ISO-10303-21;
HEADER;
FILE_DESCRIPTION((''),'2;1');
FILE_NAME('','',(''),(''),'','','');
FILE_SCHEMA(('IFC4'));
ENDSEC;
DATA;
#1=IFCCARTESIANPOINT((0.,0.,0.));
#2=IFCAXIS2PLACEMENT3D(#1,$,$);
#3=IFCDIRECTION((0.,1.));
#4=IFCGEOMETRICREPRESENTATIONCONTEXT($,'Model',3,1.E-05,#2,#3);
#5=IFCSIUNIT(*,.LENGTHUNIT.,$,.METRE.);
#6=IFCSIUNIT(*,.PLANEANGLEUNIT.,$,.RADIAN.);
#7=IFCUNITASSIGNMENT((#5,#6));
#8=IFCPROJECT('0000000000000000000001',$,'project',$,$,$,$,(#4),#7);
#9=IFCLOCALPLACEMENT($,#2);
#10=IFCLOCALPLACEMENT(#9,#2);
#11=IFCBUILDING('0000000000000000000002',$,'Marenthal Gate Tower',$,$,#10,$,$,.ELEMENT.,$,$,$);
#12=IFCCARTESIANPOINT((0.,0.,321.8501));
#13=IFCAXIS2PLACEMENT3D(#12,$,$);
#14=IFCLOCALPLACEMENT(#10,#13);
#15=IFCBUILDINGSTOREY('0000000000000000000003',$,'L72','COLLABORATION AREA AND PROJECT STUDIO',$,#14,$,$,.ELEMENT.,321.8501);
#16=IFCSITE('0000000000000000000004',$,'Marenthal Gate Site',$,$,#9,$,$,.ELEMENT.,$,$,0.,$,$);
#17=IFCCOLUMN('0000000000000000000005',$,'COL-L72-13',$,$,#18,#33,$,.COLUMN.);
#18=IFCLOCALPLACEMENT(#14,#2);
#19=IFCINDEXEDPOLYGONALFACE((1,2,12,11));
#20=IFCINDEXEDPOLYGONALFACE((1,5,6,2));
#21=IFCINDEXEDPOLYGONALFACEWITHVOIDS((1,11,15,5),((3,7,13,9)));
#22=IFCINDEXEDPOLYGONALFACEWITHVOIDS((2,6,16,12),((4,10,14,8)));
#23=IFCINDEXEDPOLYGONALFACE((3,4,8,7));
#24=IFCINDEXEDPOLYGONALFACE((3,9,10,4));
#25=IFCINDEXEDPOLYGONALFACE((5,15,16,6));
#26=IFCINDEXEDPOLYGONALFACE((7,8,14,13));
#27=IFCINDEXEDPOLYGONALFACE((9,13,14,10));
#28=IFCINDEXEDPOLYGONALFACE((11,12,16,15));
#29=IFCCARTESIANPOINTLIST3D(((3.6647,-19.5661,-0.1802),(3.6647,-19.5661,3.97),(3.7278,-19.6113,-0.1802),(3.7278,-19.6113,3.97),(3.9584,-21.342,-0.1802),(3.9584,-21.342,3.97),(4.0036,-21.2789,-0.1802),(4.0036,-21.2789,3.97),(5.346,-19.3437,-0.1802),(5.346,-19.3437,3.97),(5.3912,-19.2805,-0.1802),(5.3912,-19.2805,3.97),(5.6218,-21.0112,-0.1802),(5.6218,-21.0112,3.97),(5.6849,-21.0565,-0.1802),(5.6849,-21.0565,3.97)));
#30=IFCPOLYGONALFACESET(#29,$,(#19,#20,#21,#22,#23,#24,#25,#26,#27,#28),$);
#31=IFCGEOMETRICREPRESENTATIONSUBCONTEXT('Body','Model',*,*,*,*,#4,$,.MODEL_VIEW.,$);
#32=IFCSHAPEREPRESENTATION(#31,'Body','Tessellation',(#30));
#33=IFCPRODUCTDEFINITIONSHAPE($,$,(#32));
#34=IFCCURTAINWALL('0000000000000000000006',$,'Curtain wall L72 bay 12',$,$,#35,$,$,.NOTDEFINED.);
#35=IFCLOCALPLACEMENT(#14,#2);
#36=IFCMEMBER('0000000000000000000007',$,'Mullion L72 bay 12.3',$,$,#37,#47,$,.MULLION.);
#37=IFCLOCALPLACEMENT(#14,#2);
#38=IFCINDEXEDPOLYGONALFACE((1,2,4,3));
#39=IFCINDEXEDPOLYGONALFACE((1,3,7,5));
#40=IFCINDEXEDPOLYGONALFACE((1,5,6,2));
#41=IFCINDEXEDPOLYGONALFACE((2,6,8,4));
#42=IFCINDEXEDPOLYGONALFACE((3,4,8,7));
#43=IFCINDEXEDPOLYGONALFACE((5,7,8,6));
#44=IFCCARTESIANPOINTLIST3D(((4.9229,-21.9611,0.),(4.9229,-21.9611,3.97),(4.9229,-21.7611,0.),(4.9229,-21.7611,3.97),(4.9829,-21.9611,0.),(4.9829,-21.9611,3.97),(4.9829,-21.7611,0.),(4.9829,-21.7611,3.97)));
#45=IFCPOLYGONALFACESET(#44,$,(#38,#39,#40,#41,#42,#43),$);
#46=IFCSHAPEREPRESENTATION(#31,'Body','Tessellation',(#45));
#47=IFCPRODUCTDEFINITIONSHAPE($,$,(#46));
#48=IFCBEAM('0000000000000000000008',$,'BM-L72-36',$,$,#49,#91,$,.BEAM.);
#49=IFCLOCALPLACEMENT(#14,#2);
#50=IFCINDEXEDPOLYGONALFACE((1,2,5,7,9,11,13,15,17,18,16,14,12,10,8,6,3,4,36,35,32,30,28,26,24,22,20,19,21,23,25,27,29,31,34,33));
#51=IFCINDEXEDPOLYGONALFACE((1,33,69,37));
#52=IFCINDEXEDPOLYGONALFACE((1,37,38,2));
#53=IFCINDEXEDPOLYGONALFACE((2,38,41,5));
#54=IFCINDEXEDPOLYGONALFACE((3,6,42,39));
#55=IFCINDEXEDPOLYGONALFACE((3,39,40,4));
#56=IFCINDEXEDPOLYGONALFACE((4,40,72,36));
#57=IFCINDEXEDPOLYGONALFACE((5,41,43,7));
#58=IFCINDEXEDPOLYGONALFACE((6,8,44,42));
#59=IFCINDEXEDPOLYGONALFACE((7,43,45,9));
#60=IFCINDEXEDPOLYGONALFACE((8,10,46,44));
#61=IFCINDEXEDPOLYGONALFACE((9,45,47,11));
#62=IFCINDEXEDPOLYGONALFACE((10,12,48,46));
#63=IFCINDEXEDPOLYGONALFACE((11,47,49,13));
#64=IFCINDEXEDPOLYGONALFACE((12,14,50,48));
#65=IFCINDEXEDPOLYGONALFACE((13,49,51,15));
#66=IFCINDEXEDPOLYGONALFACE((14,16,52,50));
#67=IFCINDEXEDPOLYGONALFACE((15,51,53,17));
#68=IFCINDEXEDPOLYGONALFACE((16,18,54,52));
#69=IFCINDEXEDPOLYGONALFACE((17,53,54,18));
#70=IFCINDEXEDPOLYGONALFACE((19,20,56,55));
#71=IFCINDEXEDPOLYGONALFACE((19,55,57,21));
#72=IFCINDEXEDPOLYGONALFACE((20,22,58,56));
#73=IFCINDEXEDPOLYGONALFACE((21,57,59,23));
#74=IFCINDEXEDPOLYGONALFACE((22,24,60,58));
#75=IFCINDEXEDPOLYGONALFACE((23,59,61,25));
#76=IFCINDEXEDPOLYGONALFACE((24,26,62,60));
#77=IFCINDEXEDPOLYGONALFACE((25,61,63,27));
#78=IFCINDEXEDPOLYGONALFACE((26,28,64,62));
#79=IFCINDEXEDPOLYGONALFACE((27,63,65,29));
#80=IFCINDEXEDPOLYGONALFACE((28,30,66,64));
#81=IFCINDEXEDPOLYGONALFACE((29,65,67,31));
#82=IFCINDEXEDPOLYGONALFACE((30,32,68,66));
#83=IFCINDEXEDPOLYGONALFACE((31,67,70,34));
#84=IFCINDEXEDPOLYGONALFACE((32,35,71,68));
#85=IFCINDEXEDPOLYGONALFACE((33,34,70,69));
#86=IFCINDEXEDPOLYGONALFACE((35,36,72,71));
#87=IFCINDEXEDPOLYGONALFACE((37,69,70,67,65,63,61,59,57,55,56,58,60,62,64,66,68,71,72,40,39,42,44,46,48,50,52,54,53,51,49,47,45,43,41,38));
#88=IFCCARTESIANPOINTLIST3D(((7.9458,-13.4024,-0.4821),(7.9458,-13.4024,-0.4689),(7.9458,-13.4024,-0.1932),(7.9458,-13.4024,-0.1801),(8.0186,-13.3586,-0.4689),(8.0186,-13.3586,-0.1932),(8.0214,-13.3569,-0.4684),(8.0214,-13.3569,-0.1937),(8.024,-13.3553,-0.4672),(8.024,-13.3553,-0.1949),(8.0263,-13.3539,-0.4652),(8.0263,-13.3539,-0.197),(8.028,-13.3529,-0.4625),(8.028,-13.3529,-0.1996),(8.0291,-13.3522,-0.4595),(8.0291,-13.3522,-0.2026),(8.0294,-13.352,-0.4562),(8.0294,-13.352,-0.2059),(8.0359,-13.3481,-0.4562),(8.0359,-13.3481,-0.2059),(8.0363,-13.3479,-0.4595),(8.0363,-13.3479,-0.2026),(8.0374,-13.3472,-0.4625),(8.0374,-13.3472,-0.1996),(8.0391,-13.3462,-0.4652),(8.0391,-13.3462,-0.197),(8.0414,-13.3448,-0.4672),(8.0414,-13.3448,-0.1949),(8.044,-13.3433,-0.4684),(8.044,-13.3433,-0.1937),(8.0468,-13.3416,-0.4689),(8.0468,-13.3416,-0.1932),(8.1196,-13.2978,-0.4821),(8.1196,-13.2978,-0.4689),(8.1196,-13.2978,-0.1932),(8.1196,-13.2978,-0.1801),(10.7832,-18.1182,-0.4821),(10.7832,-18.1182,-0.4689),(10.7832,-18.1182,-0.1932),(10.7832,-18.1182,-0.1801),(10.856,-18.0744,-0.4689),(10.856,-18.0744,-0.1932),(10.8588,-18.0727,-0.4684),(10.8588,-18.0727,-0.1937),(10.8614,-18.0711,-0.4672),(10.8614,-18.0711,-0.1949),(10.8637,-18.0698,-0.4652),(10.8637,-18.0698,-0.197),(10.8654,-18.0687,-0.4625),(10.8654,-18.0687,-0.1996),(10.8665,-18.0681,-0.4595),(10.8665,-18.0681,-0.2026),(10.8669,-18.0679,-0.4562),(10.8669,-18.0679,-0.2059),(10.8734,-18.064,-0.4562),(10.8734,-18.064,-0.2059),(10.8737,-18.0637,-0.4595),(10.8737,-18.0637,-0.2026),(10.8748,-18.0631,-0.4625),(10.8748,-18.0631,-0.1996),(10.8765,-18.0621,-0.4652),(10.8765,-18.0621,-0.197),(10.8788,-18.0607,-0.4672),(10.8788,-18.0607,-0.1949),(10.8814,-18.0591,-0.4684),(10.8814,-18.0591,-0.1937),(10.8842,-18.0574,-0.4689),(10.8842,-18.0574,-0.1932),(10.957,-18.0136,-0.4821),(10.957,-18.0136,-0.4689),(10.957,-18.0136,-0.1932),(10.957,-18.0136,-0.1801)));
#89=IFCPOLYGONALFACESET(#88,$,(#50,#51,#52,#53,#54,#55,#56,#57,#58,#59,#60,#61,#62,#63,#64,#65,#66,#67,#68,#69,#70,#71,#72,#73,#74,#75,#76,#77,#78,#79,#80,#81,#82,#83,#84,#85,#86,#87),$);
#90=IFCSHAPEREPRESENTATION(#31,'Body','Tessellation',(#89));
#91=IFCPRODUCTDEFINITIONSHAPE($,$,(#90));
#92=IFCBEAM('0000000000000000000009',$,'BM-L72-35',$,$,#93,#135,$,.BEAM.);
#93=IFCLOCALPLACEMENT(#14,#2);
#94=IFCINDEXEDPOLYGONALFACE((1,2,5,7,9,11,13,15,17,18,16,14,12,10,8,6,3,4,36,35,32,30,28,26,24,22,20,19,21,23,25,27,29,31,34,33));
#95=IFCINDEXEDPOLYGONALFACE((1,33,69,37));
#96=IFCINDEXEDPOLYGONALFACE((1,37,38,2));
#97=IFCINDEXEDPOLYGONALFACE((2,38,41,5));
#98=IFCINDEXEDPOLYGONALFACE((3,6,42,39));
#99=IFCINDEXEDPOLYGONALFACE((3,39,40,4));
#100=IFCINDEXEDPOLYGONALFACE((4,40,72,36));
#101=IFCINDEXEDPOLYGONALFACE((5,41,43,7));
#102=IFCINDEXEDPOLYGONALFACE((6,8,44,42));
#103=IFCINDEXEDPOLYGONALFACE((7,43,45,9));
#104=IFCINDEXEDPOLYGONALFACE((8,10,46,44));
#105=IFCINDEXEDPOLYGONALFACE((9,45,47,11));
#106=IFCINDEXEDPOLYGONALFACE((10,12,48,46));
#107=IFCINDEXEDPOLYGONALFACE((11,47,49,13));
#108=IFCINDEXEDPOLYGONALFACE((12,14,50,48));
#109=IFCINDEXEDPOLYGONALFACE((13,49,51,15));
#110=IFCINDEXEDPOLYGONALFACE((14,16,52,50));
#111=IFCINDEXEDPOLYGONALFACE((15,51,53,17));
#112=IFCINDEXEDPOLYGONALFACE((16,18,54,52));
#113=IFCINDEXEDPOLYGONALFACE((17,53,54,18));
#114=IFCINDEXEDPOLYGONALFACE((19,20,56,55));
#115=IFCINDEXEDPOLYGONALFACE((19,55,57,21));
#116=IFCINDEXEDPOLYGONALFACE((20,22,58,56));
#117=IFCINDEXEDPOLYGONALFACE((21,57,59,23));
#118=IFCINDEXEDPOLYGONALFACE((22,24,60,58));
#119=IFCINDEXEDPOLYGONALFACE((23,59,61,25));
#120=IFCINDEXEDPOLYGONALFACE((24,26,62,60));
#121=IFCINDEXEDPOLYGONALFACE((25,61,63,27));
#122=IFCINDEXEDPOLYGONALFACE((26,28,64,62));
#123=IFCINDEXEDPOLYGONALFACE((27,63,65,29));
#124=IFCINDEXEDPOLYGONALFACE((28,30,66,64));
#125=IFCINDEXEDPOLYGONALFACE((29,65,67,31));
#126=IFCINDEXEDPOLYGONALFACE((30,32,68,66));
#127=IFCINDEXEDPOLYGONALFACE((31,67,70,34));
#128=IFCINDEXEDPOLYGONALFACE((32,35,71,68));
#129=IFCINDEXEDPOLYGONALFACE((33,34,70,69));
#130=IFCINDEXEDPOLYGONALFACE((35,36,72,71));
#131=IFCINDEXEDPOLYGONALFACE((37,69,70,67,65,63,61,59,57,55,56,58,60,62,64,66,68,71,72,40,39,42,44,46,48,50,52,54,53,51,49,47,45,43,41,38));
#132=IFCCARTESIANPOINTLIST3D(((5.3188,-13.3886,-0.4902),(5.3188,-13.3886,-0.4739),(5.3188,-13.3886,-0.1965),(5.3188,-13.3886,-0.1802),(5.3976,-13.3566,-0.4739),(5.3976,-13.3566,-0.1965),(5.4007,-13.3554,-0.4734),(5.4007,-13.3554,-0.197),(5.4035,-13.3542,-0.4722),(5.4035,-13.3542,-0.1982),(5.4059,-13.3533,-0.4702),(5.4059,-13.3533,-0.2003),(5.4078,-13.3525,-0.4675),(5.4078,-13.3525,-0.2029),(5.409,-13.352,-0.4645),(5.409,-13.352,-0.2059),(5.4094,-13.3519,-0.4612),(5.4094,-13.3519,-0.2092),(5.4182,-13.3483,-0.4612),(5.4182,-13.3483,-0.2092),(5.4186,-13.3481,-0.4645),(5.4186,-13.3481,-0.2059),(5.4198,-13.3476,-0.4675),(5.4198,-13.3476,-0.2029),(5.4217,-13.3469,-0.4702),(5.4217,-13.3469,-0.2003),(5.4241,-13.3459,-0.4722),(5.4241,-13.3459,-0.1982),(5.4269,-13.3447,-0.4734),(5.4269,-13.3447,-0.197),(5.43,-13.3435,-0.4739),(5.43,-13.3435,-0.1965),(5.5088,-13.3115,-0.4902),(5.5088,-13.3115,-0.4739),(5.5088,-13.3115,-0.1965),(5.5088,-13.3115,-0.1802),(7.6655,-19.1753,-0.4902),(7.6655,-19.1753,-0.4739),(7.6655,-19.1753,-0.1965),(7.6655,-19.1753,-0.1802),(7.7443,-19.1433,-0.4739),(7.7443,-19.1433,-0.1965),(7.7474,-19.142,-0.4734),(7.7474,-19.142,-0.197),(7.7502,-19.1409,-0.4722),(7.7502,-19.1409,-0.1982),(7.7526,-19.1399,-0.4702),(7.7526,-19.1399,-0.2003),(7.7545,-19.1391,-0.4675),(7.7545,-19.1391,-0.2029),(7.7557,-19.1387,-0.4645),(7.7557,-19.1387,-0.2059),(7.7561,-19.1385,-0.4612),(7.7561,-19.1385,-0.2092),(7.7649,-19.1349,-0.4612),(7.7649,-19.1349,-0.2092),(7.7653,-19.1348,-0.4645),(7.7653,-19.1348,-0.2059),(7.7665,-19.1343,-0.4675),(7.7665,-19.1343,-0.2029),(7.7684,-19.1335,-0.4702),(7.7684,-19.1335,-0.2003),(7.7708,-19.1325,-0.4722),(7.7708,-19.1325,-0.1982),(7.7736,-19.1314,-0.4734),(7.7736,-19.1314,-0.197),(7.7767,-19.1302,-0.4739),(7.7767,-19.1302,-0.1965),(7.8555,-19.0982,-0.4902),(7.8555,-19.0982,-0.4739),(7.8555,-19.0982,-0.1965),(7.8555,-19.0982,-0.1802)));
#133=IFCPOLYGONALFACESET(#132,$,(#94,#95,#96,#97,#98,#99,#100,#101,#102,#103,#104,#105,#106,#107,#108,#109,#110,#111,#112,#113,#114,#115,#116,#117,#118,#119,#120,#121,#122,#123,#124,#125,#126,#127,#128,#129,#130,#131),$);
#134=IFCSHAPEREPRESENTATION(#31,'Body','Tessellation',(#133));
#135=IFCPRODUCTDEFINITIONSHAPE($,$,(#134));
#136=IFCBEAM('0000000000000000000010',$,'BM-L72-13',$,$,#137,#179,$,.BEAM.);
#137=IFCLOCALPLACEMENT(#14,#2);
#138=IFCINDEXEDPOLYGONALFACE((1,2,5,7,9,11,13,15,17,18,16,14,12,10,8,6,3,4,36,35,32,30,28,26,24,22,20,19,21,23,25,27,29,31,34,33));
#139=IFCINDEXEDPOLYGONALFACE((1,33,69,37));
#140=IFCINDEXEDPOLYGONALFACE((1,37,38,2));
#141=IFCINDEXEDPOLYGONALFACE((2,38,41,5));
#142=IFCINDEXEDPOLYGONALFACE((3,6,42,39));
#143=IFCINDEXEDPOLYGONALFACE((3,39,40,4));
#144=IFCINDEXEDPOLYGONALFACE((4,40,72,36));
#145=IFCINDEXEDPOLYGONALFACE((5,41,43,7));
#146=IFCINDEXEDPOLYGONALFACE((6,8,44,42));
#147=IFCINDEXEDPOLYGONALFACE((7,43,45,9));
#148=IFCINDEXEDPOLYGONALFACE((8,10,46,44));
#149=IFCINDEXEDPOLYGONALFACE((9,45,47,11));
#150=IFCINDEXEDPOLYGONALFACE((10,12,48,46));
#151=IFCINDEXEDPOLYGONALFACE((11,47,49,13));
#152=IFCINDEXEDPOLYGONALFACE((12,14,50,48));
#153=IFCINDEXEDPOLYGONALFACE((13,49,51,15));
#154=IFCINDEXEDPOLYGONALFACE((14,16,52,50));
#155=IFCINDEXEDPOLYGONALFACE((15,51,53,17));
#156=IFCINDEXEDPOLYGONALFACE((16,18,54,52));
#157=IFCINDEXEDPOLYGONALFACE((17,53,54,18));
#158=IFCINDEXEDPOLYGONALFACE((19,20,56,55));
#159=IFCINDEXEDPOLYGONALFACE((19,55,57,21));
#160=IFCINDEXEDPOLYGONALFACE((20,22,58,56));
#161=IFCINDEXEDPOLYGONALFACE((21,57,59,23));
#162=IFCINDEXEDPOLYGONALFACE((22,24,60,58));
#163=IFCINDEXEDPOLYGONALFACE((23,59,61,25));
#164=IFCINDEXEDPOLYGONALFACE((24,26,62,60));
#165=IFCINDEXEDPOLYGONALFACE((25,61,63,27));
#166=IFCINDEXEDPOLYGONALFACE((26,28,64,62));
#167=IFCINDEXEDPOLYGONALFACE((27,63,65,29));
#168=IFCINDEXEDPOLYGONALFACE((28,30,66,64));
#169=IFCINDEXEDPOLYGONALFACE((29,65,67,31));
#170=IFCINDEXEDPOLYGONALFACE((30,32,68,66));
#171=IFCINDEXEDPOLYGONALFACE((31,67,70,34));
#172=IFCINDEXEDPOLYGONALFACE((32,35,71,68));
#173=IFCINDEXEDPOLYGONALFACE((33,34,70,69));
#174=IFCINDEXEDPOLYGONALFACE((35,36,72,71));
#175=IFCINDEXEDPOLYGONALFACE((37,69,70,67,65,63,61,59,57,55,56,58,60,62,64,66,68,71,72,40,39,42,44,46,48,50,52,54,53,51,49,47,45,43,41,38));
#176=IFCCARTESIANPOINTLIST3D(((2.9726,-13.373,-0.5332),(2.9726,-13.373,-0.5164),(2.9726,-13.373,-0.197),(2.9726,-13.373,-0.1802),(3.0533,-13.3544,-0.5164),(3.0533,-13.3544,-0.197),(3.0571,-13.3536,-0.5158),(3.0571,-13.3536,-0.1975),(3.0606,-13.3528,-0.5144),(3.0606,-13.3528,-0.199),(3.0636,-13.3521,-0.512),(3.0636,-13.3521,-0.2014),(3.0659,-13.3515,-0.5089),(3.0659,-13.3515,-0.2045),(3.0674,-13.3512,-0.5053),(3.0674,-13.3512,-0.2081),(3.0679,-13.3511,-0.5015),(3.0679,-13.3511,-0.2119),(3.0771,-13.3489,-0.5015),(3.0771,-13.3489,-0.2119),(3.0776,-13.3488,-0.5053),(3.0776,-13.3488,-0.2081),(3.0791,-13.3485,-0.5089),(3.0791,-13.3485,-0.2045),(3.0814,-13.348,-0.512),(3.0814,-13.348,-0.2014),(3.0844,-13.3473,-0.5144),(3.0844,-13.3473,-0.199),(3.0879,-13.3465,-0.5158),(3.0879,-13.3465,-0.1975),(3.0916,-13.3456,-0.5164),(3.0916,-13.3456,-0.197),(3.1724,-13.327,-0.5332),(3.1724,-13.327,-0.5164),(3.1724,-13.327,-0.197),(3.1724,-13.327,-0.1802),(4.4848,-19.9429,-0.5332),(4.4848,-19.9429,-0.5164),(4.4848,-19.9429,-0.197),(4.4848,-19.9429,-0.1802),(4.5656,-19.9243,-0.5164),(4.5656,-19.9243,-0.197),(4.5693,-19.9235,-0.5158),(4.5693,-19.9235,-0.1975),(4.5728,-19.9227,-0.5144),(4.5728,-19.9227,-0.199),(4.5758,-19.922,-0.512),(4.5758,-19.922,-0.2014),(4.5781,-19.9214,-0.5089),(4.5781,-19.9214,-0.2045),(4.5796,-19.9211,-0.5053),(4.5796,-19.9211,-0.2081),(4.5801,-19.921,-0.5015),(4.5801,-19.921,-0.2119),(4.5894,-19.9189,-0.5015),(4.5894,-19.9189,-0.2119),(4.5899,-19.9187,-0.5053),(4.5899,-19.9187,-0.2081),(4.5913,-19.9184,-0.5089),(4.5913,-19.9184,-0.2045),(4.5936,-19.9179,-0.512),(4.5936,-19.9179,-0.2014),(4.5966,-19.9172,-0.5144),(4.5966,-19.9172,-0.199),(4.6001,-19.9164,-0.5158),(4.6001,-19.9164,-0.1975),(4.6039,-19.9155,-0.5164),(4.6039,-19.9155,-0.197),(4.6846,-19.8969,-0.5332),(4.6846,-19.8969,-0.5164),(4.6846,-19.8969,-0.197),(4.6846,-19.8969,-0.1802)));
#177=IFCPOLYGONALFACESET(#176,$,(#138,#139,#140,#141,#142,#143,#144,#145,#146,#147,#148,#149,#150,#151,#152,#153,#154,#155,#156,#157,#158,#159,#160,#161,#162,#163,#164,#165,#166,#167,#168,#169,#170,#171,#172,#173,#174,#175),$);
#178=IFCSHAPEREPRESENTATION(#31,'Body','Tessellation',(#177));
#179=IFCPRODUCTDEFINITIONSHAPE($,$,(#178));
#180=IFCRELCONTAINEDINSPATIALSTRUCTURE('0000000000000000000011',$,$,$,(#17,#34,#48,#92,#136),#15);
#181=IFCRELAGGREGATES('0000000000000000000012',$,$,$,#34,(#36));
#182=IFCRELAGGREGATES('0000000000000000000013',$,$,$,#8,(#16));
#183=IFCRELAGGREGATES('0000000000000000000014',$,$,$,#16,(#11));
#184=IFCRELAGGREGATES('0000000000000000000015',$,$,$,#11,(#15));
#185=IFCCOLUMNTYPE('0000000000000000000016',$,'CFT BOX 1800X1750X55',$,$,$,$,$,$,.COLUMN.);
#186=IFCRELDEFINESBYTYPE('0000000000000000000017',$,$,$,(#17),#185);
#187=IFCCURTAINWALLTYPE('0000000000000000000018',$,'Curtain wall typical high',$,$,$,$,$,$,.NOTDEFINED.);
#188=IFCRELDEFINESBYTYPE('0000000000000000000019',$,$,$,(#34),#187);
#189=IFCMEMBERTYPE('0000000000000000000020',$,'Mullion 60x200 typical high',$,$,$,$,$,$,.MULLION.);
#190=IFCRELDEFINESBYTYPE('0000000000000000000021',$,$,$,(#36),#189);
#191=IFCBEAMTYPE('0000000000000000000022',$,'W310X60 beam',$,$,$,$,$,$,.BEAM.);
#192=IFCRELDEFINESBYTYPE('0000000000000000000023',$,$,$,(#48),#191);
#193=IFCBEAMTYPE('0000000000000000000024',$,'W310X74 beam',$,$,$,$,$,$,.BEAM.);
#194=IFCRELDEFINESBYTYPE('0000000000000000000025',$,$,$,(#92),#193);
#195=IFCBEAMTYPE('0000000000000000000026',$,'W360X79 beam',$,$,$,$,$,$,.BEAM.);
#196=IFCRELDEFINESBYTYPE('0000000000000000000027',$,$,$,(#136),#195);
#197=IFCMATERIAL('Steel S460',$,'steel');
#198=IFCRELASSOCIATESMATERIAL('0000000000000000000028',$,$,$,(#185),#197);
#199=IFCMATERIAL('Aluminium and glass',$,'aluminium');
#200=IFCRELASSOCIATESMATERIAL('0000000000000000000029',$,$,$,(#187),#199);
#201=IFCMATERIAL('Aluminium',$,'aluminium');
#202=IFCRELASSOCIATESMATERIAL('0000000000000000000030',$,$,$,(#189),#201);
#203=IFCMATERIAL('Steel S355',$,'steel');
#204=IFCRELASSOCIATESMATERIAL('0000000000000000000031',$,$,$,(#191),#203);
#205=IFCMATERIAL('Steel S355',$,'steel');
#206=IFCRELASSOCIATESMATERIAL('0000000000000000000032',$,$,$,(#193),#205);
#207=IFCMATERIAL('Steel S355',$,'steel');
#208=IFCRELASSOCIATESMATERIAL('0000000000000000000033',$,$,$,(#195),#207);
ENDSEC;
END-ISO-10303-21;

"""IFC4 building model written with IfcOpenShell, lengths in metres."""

from ifc_helpers import new_model, si_unit, direction, frame, origin, origin_2d, place, context, subcontext, project, spatial, rectangle, hollow_rectangle, i_section, extrude, material, material_profile, profile_set, type_object, element, aggregate, save


model = new_model("IFC4")

# Units and contexts
model_context = context("Model", 3, precision=1e-05, world=origin(), true_north=direction((0.0, 1.0)))
body_context = subcontext(model_context, "Body", "Model", "MODEL_VIEW")
ifc_project = project(units=[si_unit("LENGTHUNIT", "METRE"), si_unit("PLANEANGLEUNIT", "RADIAN")], contexts=[model_context])

# Site, building, storey
site_placement = place(None, origin())
site = spatial("IfcSite", under=ifc_project, at=site_placement, Name="Marenthal Gate Site", CompositionType="ELEMENT", RefElevation=0.0)
building_placement = place(site_placement, origin())
building = spatial("IfcBuilding", under=site, at=building_placement, Name="Marenthal Gate Tower", CompositionType="ELEMENT")
storey_placement = place(building_placement, frame((0.0, 0.0, 321.8501)))
storey = spatial("IfcBuildingStorey", under=building, at=storey_placement, Name="L72", Description="COLLABORATION AREA AND PROJECT STUDIO", CompositionType="ELEMENT", Elevation=321.8501)

# Column
ifc_material_1 = material(Name="Steel S460", Category="steel")
ifc_material_profile_1 = material_profile(ifc_material_1, hollow_rectangle(XDim=1.75, YDim=1.8, WallThickness=0.0549, at=origin_2d()), Name="CFT BOX 1800X1750X55")
ifc_material_2 = material(Name="Concrete 70 MPa", Category="concrete")
ifc_material_profile_2 = material_profile(ifc_material_2, rectangle(XDim=1.6399, YDim=1.6899, at=origin_2d()), Name="CFT BOX 1800X1750X55 INFILL")
ifc_profile_set_1 = profile_set([ifc_material_profile_1, ifc_material_profile_2], Name="Steel S460 shell, Concrete 70 MPa infill")
column_type = type_object("IfcColumnType", Name="CFT BOX 1800X1750X55", PredefinedType="COLUMN", material=ifc_profile_set_1)
column_placement = place(storey_placement, frame((4.6748, -20.3113, -0.1802), z_axis=(0.0, 0.0, 1.0), x_axis=(-0.986599, -0.163164, 0.0)))
element("IfcColumn", 1, at=column_placement, inside=storey, type_object=column_type, Name="COL-L72-13", PredefinedType="COLUMN", context=body_context, shape_type="SweptSolid", body=[
    extrude(hollow_rectangle(XDim=1.75, YDim=1.8, WallThickness=0.0549, at=origin_2d()), origin(), (0.0, 0.0, 1.0), 4.1501),
])

# Curtain wall, member
ifc_material_3 = material(Name="Aluminium and glass", Category="aluminium")
curtain_wall_type = type_object("IfcCurtainWallType", Name="Curtain wall typical high", PredefinedType="NOTDEFINED", material=ifc_material_3)
curtain_wall_placement = place(storey_placement, origin())
curtain_wall = element("IfcCurtainWall", 2, at=curtain_wall_placement, inside=storey, type_object=curtain_wall_type, Name="Curtain wall L72 bay 12", PredefinedType="NOTDEFINED")
ifc_material_4 = material(Name="Aluminium", Category="aluminium")
ifc_material_profile_3 = material_profile(ifc_material_4, rectangle(XDim=0.2, YDim=0.0601, at=origin_2d()), Name="60x200 aluminium mullion")
ifc_profile_set_2 = profile_set([ifc_material_profile_3], Name="Aluminium")
member_type = type_object("IfcMemberType", Name="Mullion 60x200 typical high", PredefinedType="MULLION", material=ifc_profile_set_2)
member_placement = place(storey_placement, frame((4.9529, -21.8611, 0.0), z_axis=(0.0, 0.0, 1.0), x_axis=(0.0, 1.0, 0.0)))
member = element("IfcMember", 3, at=member_placement, type_object=member_type, Name="Mullion L72 bay 12.3", PredefinedType="MULLION", context=body_context, shape_type="SweptSolid", body=[
    extrude(rectangle(XDim=0.2, YDim=0.0601, at=origin_2d()), origin(), (0.0, 0.0, 1.0), 3.97),
])

# Beams
ifc_material_5 = material(Name="Steel S355", Category="steel")
ifc_material_profile_4 = material_profile(ifc_material_5, i_section(OverallWidth=0.2029, OverallDepth=0.302, WebThickness=0.0076, FlangeThickness=0.0132, FilletRadius=0.0127, at=origin_2d()), Name="W310X60")
ifc_profile_set_3 = profile_set([ifc_material_profile_4], Name="Steel S355")
beam_type_1 = type_object("IfcBeamType", Name="W310X60 beam", PredefinedType="BEAM", material=ifc_profile_set_3)
beam_1_placement = place(storey_placement, frame((10.8701, -18.0659, -0.3311), z_axis=(-0.515552, 0.856858, 0.0), x_axis=(-0.856858, -0.515552, 0.0)))
element("IfcBeam", 4, at=beam_1_placement, inside=storey, type_object=beam_type_1, Name="BM-L72-36", PredefinedType="BEAM", context=body_context, shape_type="SweptSolid", body=[
    extrude(i_section(OverallWidth=0.2029, OverallDepth=0.302, WebThickness=0.0076, FlangeThickness=0.0132, FilletRadius=0.0127, at=origin_2d()), origin(), (0.0, 0.0, 1.0), 5.5037),
])
ifc_material_6 = material(Name="Steel S355", Category="steel")
ifc_material_profile_5 = material_profile(ifc_material_6, i_section(OverallWidth=0.2051, OverallDepth=0.3101, WebThickness=0.0095, FlangeThickness=0.0164, FilletRadius=0.0127, at=origin_2d()), Name="W310X74")
ifc_profile_set_4 = profile_set([ifc_material_profile_5], Name="Steel S355")
beam_type_2 = type_object("IfcBeamType", Name="W310X74 beam", PredefinedType="BEAM", material=ifc_profile_set_4)
beam_2_placement = place(storey_placement, frame((7.7605, -19.1367, -0.3352), z_axis=(-0.375809, 0.926697, 0.0), x_axis=(-0.926697, -0.375809, 0.0)))
element("IfcBeam", 5, at=beam_2_placement, inside=storey, type_object=beam_type_2, Name="BM-L72-35", PredefinedType="BEAM", context=body_context, shape_type="SweptSolid", body=[
    extrude(i_section(OverallWidth=0.2051, OverallDepth=0.3101, WebThickness=0.0095, FlangeThickness=0.0164, FilletRadius=0.0127, at=origin_2d()), origin(), (0.0, 0.0, 1.0), 6.2444),
])
ifc_material_7 = material(Name="Steel S355", Category="steel")
ifc_material_profile_6 = material_profile(ifc_material_7, i_section(OverallWidth=0.2051, OverallDepth=0.353, WebThickness=0.0095, FlangeThickness=0.0168, FilletRadius=0.0149, at=origin_2d()), Name="W360X79")
ifc_profile_set_5 = profile_set([ifc_material_profile_6], Name="Steel S355")
beam_type_3 = type_object("IfcBeamType", Name="W360X79 beam", PredefinedType="BEAM", material=ifc_profile_set_5)
beam_3_placement = place(storey_placement, frame((4.5847, -19.9199, -0.3567), z_axis=(-0.224309, 0.974518, 0.0), x_axis=(-0.974518, -0.224309, 0.0)))
element("IfcBeam", 6, at=beam_3_placement, inside=storey, type_object=beam_type_3, Name="BM-L72-13", PredefinedType="BEAM", context=body_context, shape_type="SweptSolid", body=[
    extrude(i_section(OverallWidth=0.2051, OverallDepth=0.353, WebThickness=0.0095, FlangeThickness=0.0168, FilletRadius=0.0149, at=origin_2d()), origin(), (0.0, 0.0, 1.0), 6.7417),
])

aggregate(curtain_wall, [member])

save(model, "model.ifc")
